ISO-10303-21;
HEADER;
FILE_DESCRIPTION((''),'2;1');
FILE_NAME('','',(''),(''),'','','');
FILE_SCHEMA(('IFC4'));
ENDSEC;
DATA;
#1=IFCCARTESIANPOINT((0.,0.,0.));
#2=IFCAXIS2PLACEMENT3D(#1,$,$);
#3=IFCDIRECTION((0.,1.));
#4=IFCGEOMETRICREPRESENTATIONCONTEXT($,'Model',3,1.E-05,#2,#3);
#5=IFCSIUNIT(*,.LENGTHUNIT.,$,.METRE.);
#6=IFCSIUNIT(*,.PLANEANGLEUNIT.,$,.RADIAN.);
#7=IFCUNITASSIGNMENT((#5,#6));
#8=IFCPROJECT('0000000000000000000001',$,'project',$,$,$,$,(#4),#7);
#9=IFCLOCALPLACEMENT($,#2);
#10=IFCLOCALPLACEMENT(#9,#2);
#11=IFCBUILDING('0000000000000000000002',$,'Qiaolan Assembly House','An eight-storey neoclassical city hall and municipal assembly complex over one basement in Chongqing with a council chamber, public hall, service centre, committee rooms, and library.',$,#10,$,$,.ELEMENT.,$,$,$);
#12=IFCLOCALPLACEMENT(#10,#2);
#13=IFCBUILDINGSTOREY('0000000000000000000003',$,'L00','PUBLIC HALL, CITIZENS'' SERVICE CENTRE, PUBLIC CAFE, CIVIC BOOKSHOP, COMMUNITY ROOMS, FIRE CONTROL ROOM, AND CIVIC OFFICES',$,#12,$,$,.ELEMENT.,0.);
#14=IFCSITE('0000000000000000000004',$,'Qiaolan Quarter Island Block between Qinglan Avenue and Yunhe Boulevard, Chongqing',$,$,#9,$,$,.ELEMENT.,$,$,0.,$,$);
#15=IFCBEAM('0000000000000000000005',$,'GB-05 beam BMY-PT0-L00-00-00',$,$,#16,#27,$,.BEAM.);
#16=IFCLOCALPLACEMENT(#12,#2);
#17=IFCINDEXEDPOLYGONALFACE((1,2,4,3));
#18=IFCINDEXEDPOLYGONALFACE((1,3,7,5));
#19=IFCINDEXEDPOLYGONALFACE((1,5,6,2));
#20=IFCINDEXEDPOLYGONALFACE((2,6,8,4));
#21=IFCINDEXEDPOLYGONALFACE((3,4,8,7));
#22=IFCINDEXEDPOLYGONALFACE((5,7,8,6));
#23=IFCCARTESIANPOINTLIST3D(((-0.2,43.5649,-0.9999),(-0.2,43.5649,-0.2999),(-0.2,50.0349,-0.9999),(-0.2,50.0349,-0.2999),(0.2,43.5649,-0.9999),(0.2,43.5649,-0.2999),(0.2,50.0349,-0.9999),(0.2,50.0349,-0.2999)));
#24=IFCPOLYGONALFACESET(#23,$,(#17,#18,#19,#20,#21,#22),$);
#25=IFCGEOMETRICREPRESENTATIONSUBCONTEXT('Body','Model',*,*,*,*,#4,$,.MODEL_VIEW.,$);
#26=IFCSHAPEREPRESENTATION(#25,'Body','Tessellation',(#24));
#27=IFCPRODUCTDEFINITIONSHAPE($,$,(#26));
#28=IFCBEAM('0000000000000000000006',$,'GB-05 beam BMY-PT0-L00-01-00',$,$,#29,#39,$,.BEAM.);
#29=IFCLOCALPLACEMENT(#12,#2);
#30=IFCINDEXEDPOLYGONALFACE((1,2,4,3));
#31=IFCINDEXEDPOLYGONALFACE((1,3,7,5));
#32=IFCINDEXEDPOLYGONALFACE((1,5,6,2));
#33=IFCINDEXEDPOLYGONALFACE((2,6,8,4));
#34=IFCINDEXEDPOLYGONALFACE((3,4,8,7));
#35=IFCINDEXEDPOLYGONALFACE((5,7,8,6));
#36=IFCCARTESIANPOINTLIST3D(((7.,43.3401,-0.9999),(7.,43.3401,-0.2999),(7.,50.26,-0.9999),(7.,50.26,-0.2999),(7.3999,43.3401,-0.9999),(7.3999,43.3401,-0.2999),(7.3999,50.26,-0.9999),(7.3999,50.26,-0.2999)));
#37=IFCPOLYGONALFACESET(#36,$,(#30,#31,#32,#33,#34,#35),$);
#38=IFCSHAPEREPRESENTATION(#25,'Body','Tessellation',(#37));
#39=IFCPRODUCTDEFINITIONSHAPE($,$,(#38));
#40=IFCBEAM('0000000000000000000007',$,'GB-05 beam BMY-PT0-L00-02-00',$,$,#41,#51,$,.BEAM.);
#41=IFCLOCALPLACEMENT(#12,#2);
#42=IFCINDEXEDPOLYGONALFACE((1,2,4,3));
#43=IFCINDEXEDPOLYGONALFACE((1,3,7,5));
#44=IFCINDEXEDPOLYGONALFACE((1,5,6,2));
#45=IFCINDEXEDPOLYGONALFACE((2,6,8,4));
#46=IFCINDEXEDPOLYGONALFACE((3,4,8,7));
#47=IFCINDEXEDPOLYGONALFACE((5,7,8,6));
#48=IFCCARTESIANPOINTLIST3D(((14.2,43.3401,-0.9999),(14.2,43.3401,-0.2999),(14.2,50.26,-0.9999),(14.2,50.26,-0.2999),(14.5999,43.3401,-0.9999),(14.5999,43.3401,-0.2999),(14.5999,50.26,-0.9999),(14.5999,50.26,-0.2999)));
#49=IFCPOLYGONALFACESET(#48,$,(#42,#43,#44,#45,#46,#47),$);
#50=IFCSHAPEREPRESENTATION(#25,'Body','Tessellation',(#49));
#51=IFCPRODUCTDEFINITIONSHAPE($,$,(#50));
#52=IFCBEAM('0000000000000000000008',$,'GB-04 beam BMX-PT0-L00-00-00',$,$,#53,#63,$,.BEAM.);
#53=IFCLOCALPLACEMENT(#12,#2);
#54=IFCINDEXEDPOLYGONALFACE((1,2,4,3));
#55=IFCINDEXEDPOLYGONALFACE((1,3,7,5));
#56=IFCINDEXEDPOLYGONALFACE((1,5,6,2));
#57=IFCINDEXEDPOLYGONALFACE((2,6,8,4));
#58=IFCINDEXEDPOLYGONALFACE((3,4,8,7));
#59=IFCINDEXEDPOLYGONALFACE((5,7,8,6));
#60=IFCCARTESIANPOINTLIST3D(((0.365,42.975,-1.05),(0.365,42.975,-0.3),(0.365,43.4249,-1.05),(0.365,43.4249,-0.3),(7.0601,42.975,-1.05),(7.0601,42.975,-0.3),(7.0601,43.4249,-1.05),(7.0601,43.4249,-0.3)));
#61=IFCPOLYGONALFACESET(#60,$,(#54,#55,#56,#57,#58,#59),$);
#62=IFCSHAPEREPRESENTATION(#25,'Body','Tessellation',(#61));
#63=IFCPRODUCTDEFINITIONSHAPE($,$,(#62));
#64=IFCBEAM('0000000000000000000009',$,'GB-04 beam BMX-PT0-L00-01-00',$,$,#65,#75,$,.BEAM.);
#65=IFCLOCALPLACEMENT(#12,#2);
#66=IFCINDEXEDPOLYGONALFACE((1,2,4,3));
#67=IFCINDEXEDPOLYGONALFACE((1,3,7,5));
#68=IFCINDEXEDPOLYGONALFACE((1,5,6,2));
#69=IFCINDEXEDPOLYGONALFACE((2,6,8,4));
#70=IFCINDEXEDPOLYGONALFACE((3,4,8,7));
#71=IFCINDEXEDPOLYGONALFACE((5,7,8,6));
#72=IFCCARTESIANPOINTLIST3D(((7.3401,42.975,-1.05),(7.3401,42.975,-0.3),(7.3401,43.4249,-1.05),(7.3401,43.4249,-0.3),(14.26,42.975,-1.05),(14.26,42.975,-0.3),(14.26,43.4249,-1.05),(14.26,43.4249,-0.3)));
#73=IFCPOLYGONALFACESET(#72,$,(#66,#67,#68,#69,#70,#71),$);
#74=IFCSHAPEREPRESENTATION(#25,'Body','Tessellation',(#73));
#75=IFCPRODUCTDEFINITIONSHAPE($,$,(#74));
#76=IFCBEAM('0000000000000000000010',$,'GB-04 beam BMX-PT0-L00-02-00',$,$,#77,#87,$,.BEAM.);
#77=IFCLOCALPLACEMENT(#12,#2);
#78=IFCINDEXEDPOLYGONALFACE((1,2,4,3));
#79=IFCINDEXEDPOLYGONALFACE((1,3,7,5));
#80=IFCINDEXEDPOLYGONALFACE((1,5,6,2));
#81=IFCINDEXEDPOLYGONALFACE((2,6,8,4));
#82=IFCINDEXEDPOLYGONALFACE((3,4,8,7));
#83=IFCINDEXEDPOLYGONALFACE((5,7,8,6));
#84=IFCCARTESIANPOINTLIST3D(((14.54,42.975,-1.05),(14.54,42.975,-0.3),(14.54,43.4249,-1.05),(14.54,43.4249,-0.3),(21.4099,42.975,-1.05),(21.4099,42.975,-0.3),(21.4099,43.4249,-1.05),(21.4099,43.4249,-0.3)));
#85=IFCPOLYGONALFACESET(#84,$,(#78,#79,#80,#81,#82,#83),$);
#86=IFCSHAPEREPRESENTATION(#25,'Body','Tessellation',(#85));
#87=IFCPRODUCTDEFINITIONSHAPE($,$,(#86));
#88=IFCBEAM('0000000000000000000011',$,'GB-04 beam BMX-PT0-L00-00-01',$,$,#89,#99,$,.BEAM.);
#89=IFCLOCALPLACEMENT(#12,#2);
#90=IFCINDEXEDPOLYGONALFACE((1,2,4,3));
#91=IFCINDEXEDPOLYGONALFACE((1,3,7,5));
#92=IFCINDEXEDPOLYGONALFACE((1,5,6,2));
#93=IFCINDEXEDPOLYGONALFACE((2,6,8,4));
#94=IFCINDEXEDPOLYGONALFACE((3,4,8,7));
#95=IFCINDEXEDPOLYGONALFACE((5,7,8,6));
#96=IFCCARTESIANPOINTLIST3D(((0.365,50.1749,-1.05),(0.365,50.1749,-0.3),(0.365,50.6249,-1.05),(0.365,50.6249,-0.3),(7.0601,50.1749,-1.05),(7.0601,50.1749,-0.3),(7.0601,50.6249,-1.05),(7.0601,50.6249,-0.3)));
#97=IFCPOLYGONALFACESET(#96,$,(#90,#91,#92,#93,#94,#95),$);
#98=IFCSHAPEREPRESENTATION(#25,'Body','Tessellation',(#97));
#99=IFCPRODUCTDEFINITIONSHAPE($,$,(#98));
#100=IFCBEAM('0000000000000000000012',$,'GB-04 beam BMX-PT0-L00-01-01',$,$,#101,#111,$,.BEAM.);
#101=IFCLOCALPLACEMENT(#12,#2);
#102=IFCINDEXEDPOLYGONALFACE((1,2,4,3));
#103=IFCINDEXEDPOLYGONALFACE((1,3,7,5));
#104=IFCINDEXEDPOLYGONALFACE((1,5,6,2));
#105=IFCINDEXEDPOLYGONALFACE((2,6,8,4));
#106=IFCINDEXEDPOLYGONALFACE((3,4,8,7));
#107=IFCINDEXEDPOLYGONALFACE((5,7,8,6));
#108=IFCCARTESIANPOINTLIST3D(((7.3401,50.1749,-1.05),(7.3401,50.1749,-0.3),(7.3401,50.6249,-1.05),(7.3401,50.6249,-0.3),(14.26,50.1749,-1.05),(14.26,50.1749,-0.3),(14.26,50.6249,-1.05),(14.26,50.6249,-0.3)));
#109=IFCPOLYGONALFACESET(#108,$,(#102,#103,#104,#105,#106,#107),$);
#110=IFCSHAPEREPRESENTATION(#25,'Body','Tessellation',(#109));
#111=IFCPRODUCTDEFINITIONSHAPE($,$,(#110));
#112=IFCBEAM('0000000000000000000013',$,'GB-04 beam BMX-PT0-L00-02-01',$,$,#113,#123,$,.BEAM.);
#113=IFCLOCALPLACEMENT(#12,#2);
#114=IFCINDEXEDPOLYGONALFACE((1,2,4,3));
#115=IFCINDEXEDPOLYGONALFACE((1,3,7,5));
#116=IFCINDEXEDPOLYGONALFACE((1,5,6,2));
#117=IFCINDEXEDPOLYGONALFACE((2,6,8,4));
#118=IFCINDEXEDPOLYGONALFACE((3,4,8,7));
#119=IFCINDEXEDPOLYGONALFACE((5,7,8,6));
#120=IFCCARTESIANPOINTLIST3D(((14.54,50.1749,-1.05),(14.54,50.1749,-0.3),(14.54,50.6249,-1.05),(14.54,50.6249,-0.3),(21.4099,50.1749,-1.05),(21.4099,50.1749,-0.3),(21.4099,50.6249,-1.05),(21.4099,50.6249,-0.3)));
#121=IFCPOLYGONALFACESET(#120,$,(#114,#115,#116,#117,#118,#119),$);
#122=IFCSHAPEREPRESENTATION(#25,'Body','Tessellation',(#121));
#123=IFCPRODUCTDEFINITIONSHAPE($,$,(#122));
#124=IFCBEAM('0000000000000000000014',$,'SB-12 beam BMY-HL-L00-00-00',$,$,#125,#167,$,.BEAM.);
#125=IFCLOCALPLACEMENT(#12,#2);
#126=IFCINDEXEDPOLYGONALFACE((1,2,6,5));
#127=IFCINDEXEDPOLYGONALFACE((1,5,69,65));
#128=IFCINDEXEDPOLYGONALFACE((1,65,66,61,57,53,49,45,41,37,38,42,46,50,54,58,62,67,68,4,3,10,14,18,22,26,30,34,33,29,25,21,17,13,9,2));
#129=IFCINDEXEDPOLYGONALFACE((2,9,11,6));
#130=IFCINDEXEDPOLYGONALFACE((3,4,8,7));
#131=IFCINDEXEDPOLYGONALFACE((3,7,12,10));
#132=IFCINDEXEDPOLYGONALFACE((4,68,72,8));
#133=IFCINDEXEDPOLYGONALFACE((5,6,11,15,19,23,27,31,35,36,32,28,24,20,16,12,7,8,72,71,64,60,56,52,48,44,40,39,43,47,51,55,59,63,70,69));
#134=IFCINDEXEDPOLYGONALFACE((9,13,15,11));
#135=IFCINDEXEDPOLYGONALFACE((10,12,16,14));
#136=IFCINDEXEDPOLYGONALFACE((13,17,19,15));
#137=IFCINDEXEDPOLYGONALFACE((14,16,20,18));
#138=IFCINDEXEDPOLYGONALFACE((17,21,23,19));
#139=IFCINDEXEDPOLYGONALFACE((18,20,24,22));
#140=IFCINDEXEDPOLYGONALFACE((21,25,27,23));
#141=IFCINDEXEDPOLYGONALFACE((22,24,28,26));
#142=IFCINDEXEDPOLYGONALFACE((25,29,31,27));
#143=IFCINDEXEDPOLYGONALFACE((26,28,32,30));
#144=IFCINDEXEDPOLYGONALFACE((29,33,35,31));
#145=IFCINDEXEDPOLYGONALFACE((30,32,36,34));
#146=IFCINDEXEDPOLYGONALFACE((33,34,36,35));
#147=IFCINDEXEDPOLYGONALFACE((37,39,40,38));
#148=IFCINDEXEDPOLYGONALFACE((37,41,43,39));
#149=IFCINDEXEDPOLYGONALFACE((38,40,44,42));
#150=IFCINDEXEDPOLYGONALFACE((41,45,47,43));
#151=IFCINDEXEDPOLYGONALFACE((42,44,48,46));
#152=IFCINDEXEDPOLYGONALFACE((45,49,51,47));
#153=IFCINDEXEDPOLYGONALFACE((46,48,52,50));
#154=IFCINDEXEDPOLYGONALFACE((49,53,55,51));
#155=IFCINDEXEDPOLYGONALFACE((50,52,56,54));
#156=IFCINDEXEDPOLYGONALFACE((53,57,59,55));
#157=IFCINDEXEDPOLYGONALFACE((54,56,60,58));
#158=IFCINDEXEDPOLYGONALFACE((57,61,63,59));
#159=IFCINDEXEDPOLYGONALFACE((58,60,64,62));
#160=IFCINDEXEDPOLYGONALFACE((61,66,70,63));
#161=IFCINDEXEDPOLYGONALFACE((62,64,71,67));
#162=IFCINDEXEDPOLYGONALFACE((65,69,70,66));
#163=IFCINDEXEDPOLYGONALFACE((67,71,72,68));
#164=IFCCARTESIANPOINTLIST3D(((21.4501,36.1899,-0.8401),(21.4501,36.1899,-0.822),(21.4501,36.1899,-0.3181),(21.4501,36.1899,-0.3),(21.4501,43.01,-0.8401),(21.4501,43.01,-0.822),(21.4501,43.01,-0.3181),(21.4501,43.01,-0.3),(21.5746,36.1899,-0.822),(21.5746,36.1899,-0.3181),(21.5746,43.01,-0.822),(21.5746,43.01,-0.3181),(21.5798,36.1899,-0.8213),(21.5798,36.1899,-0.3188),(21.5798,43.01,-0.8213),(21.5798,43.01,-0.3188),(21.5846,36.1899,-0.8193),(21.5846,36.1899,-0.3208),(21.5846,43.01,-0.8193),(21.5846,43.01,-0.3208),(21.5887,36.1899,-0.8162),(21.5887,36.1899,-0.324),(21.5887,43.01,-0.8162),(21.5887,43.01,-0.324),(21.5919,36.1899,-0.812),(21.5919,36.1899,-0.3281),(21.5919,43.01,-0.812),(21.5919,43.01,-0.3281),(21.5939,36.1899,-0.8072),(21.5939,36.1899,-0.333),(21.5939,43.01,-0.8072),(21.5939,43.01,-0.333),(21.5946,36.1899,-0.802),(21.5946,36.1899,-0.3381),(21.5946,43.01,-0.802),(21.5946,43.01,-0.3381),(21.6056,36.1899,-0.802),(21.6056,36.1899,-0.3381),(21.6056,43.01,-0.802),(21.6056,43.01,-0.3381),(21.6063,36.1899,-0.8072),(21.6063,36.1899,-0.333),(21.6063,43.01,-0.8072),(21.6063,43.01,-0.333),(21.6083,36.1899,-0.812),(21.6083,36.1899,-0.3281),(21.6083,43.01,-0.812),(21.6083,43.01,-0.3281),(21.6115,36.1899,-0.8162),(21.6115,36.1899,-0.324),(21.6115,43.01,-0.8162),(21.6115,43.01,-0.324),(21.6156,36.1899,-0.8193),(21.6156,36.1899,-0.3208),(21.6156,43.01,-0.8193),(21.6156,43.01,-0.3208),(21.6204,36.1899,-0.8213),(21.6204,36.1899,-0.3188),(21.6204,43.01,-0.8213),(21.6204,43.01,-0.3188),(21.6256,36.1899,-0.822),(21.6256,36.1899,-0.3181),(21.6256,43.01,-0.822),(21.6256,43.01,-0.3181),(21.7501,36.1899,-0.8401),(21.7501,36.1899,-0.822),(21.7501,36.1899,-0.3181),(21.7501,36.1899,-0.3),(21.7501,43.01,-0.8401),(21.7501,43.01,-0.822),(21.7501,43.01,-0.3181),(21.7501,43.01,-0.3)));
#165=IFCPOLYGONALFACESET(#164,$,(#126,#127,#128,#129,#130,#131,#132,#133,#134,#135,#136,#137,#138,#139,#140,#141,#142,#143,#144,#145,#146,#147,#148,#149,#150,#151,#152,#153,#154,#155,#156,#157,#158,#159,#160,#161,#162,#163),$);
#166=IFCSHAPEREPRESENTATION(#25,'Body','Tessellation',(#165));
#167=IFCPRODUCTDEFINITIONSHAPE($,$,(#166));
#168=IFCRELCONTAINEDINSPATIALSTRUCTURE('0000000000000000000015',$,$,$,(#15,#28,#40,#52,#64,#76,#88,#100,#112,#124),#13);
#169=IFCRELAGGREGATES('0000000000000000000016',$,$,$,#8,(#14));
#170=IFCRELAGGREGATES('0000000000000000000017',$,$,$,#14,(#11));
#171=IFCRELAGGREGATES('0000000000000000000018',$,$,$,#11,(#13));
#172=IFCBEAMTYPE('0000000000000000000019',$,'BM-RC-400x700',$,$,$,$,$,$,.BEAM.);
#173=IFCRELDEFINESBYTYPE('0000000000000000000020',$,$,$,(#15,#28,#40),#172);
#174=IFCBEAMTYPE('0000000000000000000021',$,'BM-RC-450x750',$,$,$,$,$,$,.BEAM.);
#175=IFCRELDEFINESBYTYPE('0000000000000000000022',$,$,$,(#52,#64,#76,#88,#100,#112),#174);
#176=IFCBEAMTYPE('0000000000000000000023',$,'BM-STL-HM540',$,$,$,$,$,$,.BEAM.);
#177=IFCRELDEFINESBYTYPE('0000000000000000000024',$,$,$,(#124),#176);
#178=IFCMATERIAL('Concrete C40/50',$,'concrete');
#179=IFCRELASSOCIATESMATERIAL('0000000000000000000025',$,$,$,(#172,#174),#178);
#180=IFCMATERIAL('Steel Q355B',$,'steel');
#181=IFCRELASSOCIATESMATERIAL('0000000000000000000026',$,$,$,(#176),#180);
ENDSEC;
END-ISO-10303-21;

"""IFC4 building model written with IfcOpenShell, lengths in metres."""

from ifc_helpers import new_model, si_unit, direction, frame, origin, origin_2d, place, context, subcontext, project, spatial, rectangle, i_section, extrude, material, material_profile, profile_set, type_object, element, save


model = new_model("IFC4")

# Units and contexts
model_context = context("Model", 3, precision=1e-05, world=origin(), true_north=direction((0.0, 1.0)))
body_context = subcontext(model_context, "Body", "Model", "MODEL_VIEW")
ifc_project = project(units=[si_unit("LENGTHUNIT", "METRE"), si_unit("PLANEANGLEUNIT", "RADIAN")], contexts=[model_context])

# Site, building, storey
site_placement = place(None, origin())
site = spatial("IfcSite", under=ifc_project, at=site_placement, Name="Qiaolan Quarter Island Block between Qinglan Avenue and Yunhe Boulevard, Chongqing", CompositionType="ELEMENT", RefElevation=0.0)
building_placement = place(site_placement, origin())
building = spatial("IfcBuilding", under=site, at=building_placement, Name="Qiaolan Assembly House", Description="An eight-storey neoclassical city hall and municipal assembly complex over one basement in Chongqing with a council chamber, public hall, service centre, committee rooms, and library.", CompositionType="ELEMENT")
storey_placement = place(building_placement, origin())
storey = spatial("IfcBuildingStorey", under=building, at=storey_placement, Name="L00", Description="PUBLIC HALL, CITIZENS' SERVICE CENTRE, PUBLIC CAFE, CIVIC BOOKSHOP, COMMUNITY ROOMS, FIRE CONTROL ROOM, AND CIVIC OFFICES", CompositionType="ELEMENT", Elevation=0.0)

# Shared definitions
ifc_material_1 = material(Name="Steel Q355B", Category="steel")

# Beams
ifc_material_2 = material(Name="Concrete C40/50", Category="concrete")
ifc_material_profile_1 = material_profile(ifc_material_2, rectangle(XDim=0.3999, YDim=0.7, at=origin_2d()), Name="RCB 400x700")
ifc_profile_set_1 = profile_set([ifc_material_profile_1], Name="Concrete C40/50")
beam_type_1 = type_object("IfcBeamType", Name="BM-RC-400x700", PredefinedType="BEAM", material=ifc_profile_set_1)
beam_1_placement = place(storey_placement, frame((0.0, 43.5649, -0.6499), z_axis=(0.0, 1.0, 0.0), x_axis=(-1.0, 0.0, 0.0)))
element("IfcBeam", 1, at=beam_1_placement, inside=storey, type_object=beam_type_1, Name="GB-05 beam BMY-PT0-L00-00-00", PredefinedType="BEAM", context=body_context, shape_type="SweptSolid", body=[
    extrude(rectangle(XDim=0.3999, YDim=0.7, at=origin_2d()), origin(), (0.0, 0.0, 1.0), 6.47),
])
for number, where, z_axis, x_axis, name in (
    (2, (7.2, 43.3401, -0.6499), (0.0, 1.0, 0.0), (-1.0, 0.0, 0.0), "GB-05 beam BMY-PT0-L00-01-00"),
    (3, (14.3999, 43.3401, -0.6499), (0.0, 1.0, 0.0), (-1.0, 0.0, 0.0), "GB-05 beam BMY-PT0-L00-02-00"),
):
    element("IfcBeam", number, at=place(storey_placement, frame(where, z_axis=z_axis, x_axis=x_axis)), inside=storey, type_object=beam_type_1, Name=name, PredefinedType="BEAM", context=body_context, shape_type="SweptSolid", body=[
        extrude(rectangle(XDim=0.3999, YDim=0.7, at=origin_2d()), origin(), (0.0, 0.0, 1.0), 6.9199),
    ])
ifc_material_profile_2 = material_profile(ifc_material_2, rectangle(XDim=0.45, YDim=0.75, at=origin_2d()), Name="RCB 450x750")
ifc_profile_set_2 = profile_set([ifc_material_profile_2], Name="Concrete C40/50")
beam_type_2 = type_object("IfcBeamType", Name="BM-RC-450x750", PredefinedType="BEAM", material=ifc_profile_set_2)
beam_2_placement = place(storey_placement, frame((0.365, 43.2, -0.675), z_axis=(1.0, 0.0, 0.0), x_axis=(0.0, 1.0, 0.0)))
element("IfcBeam", 4, at=beam_2_placement, inside=storey, type_object=beam_type_2, Name="GB-04 beam BMX-PT0-L00-00-00", PredefinedType="BEAM", context=body_context, shape_type="SweptSolid", body=[
    extrude(rectangle(XDim=0.45, YDim=0.75, at=origin_2d()), origin(), (0.0, 0.0, 1.0), 6.6951),
])
beam_3_placement = place(storey_placement, frame((7.3401, 43.2, -0.675), z_axis=(1.0, 0.0, 0.0), x_axis=(0.0, 1.0, 0.0)))
element("IfcBeam", 5, at=beam_3_placement, inside=storey, type_object=beam_type_2, Name="GB-04 beam BMX-PT0-L00-01-00", PredefinedType="BEAM", context=body_context, shape_type="SweptSolid", body=[
    extrude(rectangle(XDim=0.45, YDim=0.75, at=origin_2d()), origin(), (0.0, 0.0, 1.0), 6.9199),
])
beam_4_placement = place(storey_placement, frame((14.54, 43.2, -0.675), z_axis=(1.0, 0.0, 0.0), x_axis=(0.0, 1.0, 0.0)))
element("IfcBeam", 6, at=beam_4_placement, inside=storey, type_object=beam_type_2, Name="GB-04 beam BMX-PT0-L00-02-00", PredefinedType="BEAM", context=body_context, shape_type="SweptSolid", body=[
    extrude(rectangle(XDim=0.45, YDim=0.75, at=origin_2d()), origin(), (0.0, 0.0, 1.0), 6.8699),
])
beam_5_placement = place(storey_placement, frame((0.365, 50.3999, -0.675), z_axis=(1.0, 0.0, 0.0), x_axis=(0.0, 1.0, 0.0)))
element("IfcBeam", 7, at=beam_5_placement, inside=storey, type_object=beam_type_2, Name="GB-04 beam BMX-PT0-L00-00-01", PredefinedType="BEAM", context=body_context, shape_type="SweptSolid", body=[
    extrude(rectangle(XDim=0.45, YDim=0.75, at=origin_2d()), origin(), (0.0, 0.0, 1.0), 6.6951),
])
beam_6_placement = place(storey_placement, frame((7.3401, 50.3999, -0.675), z_axis=(1.0, 0.0, 0.0), x_axis=(0.0, 1.0, 0.0)))
element("IfcBeam", 8, at=beam_6_placement, inside=storey, type_object=beam_type_2, Name="GB-04 beam BMX-PT0-L00-01-01", PredefinedType="BEAM", context=body_context, shape_type="SweptSolid", body=[
    extrude(rectangle(XDim=0.45, YDim=0.75, at=origin_2d()), origin(), (0.0, 0.0, 1.0), 6.9199),
])
beam_7_placement = place(storey_placement, frame((14.54, 50.3999, -0.675), z_axis=(1.0, 0.0, 0.0), x_axis=(0.0, 1.0, 0.0)))
element("IfcBeam", 9, at=beam_7_placement, inside=storey, type_object=beam_type_2, Name="GB-04 beam BMX-PT0-L00-02-01", PredefinedType="BEAM", context=body_context, shape_type="SweptSolid", body=[
    extrude(rectangle(XDim=0.45, YDim=0.75, at=origin_2d()), origin(), (0.0, 0.0, 1.0), 6.8699),
])
ifc_material_profile_3 = material_profile(ifc_material_1, i_section(OverallWidth=0.3, OverallDepth=0.54, WebThickness=0.011, FlangeThickness=0.0181, FilletRadius=0.02, at=origin_2d()), Name="HM 540x300x11x18")
ifc_profile_set_3 = profile_set([ifc_material_profile_3], Name="Steel Q355B")
beam_type_3 = type_object("IfcBeamType", Name="BM-STL-HM540", PredefinedType="BEAM", material=ifc_profile_set_3)
for number, where, z_axis, x_axis, name in (
    (10, (21.6001, 36.1899, -0.5701), (0.0, 1.0, 0.0), (-1.0, 0.0, 0.0), "SB-12 beam BMY-HL-L00-00-00"),
):
    element("IfcBeam", number, at=place(storey_placement, frame(where, z_axis=z_axis, x_axis=x_axis)), inside=storey, type_object=beam_type_3, Name=name, PredefinedType="BEAM", context=body_context, shape_type="SweptSolid", body=[
        extrude(i_section(OverallWidth=0.3, OverallDepth=0.54, WebThickness=0.011, FlangeThickness=0.0181, FilletRadius=0.02, at=origin_2d()), origin(), (0.0, 0.0, 1.0), 6.8201),
    ])

save(model, "model.ifc")
